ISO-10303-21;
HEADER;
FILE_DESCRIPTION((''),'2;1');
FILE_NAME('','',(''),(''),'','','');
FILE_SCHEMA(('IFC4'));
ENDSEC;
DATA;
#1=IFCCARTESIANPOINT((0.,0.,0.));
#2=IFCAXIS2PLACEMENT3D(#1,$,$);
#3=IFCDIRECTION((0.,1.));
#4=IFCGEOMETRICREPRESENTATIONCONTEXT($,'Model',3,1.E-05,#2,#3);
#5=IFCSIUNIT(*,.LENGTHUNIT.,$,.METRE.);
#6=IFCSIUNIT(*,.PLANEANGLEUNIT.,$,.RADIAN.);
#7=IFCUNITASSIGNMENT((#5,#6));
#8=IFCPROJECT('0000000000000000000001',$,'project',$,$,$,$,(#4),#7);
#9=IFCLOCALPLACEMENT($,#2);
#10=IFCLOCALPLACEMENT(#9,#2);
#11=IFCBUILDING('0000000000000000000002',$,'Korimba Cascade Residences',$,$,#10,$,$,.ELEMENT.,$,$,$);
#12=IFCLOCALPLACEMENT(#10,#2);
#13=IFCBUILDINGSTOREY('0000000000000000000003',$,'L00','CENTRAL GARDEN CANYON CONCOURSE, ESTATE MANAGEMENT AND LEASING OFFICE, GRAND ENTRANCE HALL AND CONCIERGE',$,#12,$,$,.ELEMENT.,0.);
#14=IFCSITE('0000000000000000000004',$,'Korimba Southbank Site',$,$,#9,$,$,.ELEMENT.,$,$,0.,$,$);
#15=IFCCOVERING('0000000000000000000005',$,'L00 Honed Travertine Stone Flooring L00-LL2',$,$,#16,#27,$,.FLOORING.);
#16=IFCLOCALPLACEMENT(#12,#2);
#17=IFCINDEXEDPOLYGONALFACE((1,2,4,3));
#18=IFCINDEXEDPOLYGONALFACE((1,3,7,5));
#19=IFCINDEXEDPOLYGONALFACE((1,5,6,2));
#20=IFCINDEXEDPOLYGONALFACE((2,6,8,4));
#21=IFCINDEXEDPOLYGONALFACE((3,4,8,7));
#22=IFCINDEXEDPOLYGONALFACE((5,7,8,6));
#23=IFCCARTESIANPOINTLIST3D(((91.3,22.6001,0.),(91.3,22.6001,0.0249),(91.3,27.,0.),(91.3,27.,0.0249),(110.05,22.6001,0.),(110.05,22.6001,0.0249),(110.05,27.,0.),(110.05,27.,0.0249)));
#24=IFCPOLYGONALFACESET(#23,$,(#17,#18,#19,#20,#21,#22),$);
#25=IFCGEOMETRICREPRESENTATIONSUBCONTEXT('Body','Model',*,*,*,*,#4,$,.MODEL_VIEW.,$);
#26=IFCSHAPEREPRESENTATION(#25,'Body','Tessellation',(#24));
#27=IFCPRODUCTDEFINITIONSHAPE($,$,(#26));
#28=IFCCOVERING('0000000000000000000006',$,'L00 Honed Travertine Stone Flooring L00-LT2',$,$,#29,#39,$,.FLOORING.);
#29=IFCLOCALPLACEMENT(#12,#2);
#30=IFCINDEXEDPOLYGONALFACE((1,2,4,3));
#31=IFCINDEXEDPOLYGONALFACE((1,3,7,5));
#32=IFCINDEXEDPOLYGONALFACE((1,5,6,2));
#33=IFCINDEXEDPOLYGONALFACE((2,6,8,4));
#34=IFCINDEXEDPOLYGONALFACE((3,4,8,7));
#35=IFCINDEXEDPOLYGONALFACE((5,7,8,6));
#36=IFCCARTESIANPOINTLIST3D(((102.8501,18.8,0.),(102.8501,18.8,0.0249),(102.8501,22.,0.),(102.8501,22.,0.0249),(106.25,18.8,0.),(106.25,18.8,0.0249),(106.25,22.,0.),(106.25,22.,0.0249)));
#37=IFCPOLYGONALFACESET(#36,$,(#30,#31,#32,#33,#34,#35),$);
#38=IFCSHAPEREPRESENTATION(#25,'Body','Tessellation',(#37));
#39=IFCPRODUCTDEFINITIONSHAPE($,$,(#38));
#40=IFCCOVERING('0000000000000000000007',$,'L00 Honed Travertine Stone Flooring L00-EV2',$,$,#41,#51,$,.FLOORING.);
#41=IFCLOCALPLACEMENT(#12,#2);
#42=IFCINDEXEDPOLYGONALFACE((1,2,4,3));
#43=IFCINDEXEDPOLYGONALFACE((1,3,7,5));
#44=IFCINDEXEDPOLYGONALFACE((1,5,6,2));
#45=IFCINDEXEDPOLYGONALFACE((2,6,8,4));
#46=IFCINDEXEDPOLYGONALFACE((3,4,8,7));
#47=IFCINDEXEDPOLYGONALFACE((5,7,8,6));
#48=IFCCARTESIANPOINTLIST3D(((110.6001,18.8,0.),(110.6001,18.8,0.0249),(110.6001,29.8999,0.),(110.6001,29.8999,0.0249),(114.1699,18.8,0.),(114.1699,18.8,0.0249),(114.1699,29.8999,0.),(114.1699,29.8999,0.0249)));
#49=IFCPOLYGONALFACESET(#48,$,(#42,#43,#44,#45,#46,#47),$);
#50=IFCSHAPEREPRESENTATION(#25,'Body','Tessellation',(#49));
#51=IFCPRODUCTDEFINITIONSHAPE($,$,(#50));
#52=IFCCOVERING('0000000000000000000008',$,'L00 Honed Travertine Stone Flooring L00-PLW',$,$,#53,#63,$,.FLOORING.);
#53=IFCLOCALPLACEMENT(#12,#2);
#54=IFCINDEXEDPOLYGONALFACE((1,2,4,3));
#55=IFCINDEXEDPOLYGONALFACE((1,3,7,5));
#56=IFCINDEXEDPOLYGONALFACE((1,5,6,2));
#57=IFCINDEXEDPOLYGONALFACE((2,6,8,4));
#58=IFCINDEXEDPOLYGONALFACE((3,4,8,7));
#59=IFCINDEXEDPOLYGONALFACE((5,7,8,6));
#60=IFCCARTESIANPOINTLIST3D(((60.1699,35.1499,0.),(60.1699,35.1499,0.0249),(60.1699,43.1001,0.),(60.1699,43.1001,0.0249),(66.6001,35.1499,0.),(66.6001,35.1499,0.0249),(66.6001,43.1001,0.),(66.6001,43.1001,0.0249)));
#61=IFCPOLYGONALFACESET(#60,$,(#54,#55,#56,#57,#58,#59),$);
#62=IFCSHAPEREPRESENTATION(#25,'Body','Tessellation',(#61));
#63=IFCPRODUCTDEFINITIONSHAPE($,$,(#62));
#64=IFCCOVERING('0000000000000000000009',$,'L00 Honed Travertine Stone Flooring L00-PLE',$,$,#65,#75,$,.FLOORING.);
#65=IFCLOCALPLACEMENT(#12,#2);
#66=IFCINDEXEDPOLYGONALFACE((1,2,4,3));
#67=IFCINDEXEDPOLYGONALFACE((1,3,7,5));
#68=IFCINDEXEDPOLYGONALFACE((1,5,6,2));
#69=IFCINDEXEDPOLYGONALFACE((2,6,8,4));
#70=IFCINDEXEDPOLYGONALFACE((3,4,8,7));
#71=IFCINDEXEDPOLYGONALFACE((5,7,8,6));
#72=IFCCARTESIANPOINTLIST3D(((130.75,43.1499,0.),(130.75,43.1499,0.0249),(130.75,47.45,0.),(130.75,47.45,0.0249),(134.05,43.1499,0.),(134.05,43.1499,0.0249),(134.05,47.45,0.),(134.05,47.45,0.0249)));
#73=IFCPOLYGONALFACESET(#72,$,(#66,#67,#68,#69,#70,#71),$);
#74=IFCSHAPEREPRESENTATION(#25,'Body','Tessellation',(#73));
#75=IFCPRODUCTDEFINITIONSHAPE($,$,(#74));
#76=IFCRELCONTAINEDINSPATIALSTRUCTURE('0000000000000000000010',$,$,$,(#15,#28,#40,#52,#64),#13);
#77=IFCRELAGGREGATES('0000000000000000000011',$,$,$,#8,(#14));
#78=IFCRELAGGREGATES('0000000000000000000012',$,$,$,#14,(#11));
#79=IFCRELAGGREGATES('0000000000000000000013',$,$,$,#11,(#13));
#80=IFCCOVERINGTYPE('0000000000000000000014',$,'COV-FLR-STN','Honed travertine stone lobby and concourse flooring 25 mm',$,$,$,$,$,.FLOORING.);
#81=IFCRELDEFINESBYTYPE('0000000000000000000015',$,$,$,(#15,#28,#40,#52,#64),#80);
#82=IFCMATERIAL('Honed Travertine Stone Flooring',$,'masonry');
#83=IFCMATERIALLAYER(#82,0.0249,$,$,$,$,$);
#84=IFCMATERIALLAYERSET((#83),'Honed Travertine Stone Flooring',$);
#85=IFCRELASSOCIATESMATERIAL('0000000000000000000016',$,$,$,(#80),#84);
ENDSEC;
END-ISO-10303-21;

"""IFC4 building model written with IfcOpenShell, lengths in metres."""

from ifc_helpers import new_model, si_unit, direction, origin, place, context, subcontext, project, spatial, polyline, outline, extrude, material, layer, layer_set, type_object, element, save


model = new_model("IFC4")

# Units and contexts
model_context = context("Model", 3, precision=1e-05, world=origin(), true_north=direction((0.0, 1.0)))
body_context = subcontext(model_context, "Body", "Model", "MODEL_VIEW")
ifc_project = project(units=[si_unit("LENGTHUNIT", "METRE"), si_unit("PLANEANGLEUNIT", "RADIAN")], contexts=[model_context])

# Site, building, storey
site_placement = place(None, origin())
site = spatial("IfcSite", under=ifc_project, at=site_placement, Name="Korimba Southbank Site", CompositionType="ELEMENT", RefElevation=0.0)
building_placement = place(site_placement, origin())
building = spatial("IfcBuilding", under=site, at=building_placement, Name="Korimba Cascade Residences", CompositionType="ELEMENT")
storey_placement = place(building_placement, origin())
storey = spatial("IfcBuildingStorey", under=building, at=storey_placement, Name="L00", Description="CENTRAL GARDEN CANYON CONCOURSE, ESTATE MANAGEMENT AND LEASING OFFICE, GRAND ENTRANCE HALL AND CONCIERGE", CompositionType="ELEMENT", Elevation=0.0)

# Coverings
ifc_material_1 = material(Name="Honed Travertine Stone Flooring", Category="masonry")
ifc_layer_1 = layer(ifc_material_1, 0.0249)
ifc_layer_set_1 = layer_set([ifc_layer_1], Name="Honed Travertine Stone Flooring")
covering_type_1 = type_object("IfcCoveringType", Name="COV-FLR-STN", Description="Honed travertine stone lobby and concourse flooring 25 mm", PredefinedType="FLOORING", material=ifc_layer_set_1)
covering_1_placement = place(storey_placement, origin())
element("IfcCovering", 1, at=covering_1_placement, inside=storey, type_object=covering_type_1, Name="L00 Honed Travertine Stone Flooring L00-LL2", PredefinedType="FLOORING", context=body_context, shape_type="SweptSolid", body=[
    extrude(outline(polyline([(91.3, 22.6001), (110.05, 22.6001), (110.05, 27.0), (91.3, 27.0), (91.3, 22.6001)])), origin(), (0.0, 0.0, 1.0), 0.0249),
])
covering_2_placement = place(storey_placement, origin())
element("IfcCovering", 2, at=covering_2_placement, inside=storey, type_object=covering_type_1, Name="L00 Honed Travertine Stone Flooring L00-LT2", PredefinedType="FLOORING", context=body_context, shape_type="SweptSolid", body=[
    extrude(outline(polyline([(102.8501, 18.8), (106.25, 18.8), (106.25, 22.0), (102.8501, 22.0), (102.8501, 18.8)])), origin(), (0.0, 0.0, 1.0), 0.0249),
])
covering_3_placement = place(storey_placement, origin())
element("IfcCovering", 3, at=covering_3_placement, inside=storey, type_object=covering_type_1, Name="L00 Honed Travertine Stone Flooring L00-EV2", PredefinedType="FLOORING", context=body_context, shape_type="SweptSolid", body=[
    extrude(outline(polyline([(110.6001, 18.8), (114.1699, 18.8), (114.1699, 29.8999), (110.6001, 29.8999), (110.6001, 18.8)])), origin(), (0.0, 0.0, 1.0), 0.0249),
])
covering_4_placement = place(storey_placement, origin())
element("IfcCovering", 4, at=covering_4_placement, inside=storey, type_object=covering_type_1, Name="L00 Honed Travertine Stone Flooring L00-PLW", PredefinedType="FLOORING", context=body_context, shape_type="SweptSolid", body=[
    extrude(outline(polyline([(60.1699, 35.1499), (66.6001, 35.1499), (66.6001, 43.1001), (60.1699, 43.1001), (60.1699, 35.1499)])), origin(), (0.0, 0.0, 1.0), 0.0249),
])
covering_5_placement = place(storey_placement, origin())
element("IfcCovering", 5, at=covering_5_placement, inside=storey, type_object=covering_type_1, Name="L00 Honed Travertine Stone Flooring L00-PLE", PredefinedType="FLOORING", context=body_context, shape_type="SweptSolid", body=[
    extrude(outline(polyline([(130.75, 43.1499), (134.05, 43.1499), (134.05, 47.45), (130.75, 47.45), (130.75, 43.1499)])), origin(), (0.0, 0.0, 1.0), 0.0249),
])

save(model, "model.ifc")
